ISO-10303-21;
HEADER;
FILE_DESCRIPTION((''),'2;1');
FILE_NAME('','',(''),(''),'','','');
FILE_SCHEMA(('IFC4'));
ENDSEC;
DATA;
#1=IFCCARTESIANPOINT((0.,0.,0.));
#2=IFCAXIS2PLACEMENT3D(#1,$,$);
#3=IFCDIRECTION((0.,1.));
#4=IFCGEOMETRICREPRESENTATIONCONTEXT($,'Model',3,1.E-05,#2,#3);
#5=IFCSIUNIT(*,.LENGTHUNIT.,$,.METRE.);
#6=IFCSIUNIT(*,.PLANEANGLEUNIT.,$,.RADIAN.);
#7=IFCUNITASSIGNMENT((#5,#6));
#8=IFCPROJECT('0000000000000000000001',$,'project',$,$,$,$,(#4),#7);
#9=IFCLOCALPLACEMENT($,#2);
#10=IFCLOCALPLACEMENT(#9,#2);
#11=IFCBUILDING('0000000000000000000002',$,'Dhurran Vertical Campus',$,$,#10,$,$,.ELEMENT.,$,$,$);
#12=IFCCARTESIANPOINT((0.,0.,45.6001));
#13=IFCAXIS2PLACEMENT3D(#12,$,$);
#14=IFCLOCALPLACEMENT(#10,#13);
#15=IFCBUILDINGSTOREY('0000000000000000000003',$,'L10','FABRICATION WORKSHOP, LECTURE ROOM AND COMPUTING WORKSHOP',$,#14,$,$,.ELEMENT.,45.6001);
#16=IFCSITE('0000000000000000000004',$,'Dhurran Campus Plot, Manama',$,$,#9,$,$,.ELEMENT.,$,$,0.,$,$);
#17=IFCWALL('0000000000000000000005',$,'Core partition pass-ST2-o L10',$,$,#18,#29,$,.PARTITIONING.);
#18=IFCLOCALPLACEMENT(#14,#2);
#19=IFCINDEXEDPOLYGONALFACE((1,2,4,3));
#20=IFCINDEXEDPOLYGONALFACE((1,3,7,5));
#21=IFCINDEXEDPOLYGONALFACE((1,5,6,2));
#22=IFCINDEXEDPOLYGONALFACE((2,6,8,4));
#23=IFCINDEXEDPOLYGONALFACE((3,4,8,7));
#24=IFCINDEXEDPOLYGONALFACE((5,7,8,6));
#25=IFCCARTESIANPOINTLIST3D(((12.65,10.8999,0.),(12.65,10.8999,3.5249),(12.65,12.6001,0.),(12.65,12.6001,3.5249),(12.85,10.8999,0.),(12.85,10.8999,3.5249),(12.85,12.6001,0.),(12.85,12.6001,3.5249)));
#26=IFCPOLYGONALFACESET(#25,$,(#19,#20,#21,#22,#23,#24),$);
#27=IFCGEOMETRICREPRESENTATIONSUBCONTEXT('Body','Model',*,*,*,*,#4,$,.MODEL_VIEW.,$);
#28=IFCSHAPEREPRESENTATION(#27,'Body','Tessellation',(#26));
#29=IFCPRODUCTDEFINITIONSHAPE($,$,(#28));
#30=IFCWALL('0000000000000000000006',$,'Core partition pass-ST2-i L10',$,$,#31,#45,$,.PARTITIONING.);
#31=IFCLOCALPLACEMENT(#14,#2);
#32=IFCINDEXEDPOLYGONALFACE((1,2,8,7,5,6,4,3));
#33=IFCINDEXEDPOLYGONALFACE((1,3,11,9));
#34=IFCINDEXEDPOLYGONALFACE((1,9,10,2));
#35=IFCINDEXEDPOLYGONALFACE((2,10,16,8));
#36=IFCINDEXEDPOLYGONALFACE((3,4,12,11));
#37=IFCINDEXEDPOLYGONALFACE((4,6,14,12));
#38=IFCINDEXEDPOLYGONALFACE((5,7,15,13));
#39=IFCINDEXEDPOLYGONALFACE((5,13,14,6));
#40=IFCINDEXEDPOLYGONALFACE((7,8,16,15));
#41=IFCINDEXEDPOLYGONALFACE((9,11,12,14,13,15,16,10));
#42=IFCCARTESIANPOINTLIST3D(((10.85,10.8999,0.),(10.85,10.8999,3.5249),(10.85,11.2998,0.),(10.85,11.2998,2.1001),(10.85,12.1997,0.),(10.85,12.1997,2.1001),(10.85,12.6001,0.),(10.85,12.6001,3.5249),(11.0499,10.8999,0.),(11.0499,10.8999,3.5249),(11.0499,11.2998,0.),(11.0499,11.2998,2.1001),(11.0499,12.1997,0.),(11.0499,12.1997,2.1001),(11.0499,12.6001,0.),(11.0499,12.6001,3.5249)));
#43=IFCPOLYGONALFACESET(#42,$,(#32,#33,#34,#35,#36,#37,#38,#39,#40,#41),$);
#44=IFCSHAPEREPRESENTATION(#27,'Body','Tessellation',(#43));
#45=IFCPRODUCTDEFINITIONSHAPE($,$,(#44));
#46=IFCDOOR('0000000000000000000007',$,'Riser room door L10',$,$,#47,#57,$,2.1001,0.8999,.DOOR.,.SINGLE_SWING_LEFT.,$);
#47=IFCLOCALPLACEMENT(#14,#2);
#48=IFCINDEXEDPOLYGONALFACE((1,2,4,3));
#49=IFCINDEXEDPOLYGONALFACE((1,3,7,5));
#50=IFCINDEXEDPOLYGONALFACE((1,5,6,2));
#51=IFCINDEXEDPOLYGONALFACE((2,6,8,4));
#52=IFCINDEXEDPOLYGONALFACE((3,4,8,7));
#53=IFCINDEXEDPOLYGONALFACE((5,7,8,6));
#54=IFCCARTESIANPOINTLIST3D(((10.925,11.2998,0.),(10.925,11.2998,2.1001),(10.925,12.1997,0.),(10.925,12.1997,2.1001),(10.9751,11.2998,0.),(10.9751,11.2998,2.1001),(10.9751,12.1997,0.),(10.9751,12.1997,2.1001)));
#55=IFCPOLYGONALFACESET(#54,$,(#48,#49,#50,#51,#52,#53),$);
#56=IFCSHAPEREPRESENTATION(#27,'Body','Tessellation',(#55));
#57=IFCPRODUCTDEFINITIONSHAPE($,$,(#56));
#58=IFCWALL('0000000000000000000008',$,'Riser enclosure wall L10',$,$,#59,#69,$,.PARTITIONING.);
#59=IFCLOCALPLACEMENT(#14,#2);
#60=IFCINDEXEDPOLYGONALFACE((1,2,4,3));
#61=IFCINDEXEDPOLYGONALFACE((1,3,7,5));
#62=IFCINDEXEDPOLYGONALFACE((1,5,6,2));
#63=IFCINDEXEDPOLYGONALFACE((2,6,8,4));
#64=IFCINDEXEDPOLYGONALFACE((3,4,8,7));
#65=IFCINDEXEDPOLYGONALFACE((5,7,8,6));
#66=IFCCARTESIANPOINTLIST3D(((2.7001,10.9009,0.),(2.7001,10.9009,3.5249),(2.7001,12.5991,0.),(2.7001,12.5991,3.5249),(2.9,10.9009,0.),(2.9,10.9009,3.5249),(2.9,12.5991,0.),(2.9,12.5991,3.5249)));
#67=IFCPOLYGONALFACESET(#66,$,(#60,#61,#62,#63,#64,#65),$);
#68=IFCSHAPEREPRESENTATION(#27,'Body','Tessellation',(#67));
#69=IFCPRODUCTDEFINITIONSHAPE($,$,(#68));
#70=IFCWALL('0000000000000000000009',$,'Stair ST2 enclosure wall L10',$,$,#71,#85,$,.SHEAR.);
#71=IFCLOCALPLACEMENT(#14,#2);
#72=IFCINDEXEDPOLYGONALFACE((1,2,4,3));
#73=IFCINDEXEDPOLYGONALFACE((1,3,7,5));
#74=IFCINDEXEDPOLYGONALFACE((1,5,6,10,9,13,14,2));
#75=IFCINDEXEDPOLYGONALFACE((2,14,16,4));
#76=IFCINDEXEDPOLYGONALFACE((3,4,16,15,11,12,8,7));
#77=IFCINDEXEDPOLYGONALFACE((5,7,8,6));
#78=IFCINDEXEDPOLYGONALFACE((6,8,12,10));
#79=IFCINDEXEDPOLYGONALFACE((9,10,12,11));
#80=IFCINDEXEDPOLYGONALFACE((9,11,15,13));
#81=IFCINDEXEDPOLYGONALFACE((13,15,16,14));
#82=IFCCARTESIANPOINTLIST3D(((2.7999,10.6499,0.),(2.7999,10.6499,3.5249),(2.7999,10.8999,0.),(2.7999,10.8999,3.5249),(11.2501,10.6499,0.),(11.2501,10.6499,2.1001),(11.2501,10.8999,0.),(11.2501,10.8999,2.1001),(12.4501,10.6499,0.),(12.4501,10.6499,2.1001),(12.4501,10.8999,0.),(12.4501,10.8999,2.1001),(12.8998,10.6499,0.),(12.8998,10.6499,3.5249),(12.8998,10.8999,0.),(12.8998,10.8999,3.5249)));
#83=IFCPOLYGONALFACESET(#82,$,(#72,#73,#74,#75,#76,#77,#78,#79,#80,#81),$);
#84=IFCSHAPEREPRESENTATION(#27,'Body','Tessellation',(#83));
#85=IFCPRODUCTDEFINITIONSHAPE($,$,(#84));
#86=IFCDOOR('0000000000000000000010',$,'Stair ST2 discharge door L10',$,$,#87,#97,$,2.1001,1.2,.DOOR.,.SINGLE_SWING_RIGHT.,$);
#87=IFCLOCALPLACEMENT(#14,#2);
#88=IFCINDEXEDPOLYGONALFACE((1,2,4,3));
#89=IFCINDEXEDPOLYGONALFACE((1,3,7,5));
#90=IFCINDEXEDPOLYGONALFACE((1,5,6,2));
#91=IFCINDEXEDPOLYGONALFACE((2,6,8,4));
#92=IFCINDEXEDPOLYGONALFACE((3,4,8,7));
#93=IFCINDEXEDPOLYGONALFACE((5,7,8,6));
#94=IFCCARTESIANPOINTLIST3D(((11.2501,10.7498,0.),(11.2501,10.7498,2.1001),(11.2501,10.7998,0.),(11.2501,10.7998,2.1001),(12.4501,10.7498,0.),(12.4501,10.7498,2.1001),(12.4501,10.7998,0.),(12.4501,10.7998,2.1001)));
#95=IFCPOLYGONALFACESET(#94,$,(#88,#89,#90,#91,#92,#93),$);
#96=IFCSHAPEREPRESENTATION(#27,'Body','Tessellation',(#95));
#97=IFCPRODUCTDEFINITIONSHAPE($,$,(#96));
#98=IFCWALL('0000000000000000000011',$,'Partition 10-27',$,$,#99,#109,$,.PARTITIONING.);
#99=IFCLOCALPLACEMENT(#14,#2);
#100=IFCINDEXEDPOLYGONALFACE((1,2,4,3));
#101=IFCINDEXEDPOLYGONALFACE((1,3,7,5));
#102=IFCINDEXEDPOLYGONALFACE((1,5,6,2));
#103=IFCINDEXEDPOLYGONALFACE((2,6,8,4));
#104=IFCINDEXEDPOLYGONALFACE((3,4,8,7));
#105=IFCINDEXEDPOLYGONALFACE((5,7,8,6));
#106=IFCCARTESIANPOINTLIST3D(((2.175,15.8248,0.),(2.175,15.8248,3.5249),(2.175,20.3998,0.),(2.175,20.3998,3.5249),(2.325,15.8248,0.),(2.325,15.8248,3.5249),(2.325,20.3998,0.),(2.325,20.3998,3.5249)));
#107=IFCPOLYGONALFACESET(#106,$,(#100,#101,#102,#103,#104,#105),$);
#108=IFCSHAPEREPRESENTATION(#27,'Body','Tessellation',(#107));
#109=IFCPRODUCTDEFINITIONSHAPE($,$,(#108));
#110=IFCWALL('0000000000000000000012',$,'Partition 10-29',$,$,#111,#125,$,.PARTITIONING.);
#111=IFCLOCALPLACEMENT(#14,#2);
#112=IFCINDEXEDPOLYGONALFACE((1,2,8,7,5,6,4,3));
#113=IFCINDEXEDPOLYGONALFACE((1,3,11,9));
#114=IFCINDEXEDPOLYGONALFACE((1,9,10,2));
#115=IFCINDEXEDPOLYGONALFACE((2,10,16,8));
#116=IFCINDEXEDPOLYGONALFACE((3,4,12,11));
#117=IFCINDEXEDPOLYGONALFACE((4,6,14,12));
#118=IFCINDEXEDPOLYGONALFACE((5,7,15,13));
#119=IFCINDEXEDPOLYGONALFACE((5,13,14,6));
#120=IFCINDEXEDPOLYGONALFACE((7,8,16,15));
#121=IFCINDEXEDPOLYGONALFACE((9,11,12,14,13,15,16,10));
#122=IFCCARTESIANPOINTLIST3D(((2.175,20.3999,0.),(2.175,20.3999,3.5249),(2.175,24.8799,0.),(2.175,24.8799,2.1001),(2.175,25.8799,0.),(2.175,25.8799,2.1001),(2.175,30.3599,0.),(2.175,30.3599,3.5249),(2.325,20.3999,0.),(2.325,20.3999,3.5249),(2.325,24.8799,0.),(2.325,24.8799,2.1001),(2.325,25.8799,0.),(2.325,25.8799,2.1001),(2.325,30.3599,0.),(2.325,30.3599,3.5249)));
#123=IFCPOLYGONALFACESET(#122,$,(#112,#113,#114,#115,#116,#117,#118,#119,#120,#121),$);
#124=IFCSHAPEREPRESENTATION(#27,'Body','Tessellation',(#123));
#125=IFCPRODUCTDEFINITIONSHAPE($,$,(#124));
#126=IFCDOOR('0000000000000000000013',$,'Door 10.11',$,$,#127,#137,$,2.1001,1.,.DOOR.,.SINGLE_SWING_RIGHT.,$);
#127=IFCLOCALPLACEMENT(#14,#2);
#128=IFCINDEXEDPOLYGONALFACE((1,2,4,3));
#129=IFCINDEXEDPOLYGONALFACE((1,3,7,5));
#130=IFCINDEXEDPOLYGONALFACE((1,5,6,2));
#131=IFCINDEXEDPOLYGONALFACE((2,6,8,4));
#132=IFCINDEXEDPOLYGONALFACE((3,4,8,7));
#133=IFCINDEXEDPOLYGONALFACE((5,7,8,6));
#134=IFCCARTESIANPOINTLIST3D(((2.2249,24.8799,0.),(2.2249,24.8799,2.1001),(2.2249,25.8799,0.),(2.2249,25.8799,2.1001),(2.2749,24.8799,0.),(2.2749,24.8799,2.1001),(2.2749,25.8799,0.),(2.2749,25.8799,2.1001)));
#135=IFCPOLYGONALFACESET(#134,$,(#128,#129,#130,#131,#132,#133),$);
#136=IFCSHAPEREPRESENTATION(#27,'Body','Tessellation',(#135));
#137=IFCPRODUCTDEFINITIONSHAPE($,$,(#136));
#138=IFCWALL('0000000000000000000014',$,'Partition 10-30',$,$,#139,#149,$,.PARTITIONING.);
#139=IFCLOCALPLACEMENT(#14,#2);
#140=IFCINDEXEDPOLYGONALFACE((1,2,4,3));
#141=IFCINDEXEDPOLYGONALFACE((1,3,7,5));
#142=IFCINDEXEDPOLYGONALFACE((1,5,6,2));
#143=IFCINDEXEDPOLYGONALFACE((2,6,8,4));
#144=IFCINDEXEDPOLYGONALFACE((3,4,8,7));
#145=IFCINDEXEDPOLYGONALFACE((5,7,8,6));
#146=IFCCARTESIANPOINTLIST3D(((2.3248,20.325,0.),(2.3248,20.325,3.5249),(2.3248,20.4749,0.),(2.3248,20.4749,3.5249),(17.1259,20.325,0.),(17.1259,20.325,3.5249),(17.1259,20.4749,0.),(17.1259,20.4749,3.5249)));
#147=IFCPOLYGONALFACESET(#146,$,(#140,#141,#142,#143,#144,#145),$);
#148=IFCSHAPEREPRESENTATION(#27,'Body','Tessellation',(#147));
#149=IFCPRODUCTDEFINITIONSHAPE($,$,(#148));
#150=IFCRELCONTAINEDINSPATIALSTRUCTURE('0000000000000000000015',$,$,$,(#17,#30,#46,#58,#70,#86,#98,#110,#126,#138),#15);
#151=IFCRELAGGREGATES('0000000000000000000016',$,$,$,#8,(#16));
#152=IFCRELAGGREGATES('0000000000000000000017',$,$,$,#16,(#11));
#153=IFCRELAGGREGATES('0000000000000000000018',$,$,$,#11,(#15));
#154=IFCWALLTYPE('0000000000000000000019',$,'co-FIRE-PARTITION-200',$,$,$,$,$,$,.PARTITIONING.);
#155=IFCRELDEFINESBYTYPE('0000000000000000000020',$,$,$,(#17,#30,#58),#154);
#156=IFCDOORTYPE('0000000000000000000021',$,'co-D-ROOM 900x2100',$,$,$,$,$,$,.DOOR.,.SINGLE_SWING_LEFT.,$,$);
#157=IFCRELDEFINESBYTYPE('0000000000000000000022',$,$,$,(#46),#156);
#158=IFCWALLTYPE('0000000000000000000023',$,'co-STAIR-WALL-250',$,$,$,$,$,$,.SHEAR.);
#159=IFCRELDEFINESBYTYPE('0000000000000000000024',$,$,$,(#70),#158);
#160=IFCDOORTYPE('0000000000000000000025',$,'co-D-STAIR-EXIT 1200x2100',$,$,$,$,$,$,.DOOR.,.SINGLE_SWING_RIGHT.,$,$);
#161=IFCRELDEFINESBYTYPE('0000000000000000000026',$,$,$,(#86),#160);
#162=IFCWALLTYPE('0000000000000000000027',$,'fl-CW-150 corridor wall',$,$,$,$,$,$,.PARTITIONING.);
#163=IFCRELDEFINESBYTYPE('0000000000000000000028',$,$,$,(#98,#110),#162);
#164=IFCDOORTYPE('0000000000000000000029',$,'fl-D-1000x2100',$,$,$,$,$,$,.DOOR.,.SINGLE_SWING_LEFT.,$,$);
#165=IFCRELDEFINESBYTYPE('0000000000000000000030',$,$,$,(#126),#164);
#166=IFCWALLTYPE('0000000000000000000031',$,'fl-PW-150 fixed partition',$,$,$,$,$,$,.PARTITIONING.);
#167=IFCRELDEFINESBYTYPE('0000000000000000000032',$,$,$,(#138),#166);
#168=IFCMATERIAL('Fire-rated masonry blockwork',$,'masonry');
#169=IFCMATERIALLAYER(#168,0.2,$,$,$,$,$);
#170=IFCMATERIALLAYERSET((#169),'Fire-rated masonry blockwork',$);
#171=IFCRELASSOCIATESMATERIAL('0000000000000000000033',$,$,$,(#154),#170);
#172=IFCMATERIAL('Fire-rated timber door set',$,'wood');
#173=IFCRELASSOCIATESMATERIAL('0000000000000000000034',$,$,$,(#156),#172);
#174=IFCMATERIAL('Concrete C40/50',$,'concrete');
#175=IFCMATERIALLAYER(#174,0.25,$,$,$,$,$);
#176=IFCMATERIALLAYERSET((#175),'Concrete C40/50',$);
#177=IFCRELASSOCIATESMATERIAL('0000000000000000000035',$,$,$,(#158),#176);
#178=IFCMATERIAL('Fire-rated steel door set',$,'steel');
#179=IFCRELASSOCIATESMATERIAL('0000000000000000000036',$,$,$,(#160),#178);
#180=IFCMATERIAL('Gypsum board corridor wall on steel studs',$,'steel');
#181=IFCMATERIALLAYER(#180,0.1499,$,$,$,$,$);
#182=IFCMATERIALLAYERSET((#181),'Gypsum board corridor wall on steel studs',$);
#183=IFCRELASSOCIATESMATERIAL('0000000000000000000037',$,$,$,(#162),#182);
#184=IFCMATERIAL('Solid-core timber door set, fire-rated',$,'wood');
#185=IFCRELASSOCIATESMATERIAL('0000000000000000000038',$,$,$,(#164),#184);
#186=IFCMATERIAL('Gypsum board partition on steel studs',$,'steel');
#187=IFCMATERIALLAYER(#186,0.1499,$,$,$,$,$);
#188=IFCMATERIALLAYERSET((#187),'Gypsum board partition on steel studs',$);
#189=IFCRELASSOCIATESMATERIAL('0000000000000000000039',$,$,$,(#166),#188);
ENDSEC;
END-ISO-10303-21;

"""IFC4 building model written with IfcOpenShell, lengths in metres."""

from ifc_helpers import new_model, si_unit, direction, frame, frame_2d, origin, place, context, subcontext, project, spatial, rectangle, extrude, material, layer, layer_set, type_object, element, fill, save


model = new_model("IFC4")

# Units and contexts
model_context = context("Model", 3, precision=1e-05, world=origin(), true_north=direction((0.0, 1.0)))
body_context = subcontext(model_context, "Body", "Model", "MODEL_VIEW")
ifc_project = project(units=[si_unit("LENGTHUNIT", "METRE"), si_unit("PLANEANGLEUNIT", "RADIAN")], contexts=[model_context])

# Site, building, storey
site_placement = place(None, origin())
site = spatial("IfcSite", under=ifc_project, at=site_placement, Name="Dhurran Campus Plot, Manama", CompositionType="ELEMENT", RefElevation=0.0)
building_placement = place(site_placement, origin())
building = spatial("IfcBuilding", under=site, at=building_placement, Name="Dhurran Vertical Campus", CompositionType="ELEMENT")
storey_placement = place(building_placement, frame((0.0, 0.0, 45.6001)))
storey = spatial("IfcBuildingStorey", under=building, at=storey_placement, Name="L10", Description="FABRICATION WORKSHOP, LECTURE ROOM AND COMPUTING WORKSHOP", CompositionType="ELEMENT", Elevation=45.6001)

# Wall
ifc_material_1 = material(Name="Fire-rated masonry blockwork", Category="masonry")
ifc_layer_1 = layer(ifc_material_1, 0.2)
ifc_layer_set_1 = layer_set([ifc_layer_1], Name="Fire-rated masonry blockwork")
wall_type_1 = type_object("IfcWallType", Name="co-FIRE-PARTITION-200", PredefinedType="PARTITIONING", material=ifc_layer_set_1)
wall_1_placement = place(storey_placement, frame((12.75, 10.8999, 0.0), z_axis=(0.0, 0.0, 1.0), x_axis=(0.0, 1.0, 0.0)))
element("IfcWall", 1, at=wall_1_placement, inside=storey, type_object=wall_type_1, Name="Core partition pass-ST2-o L10", PredefinedType="PARTITIONING", context=body_context, shape_type="SweptSolid", body=[
    extrude(rectangle(XDim=1.7002, YDim=0.2, at=frame_2d((0.8501, 0.0))), origin(), (0.0, 0.0, 1.0), 3.5249),
])

# Wall, opening, door
wall_2_placement = place(storey_placement, frame((10.95, 10.8999, 0.0), z_axis=(0.0, 0.0, 1.0), x_axis=(0.0, 1.0, 0.0)))
wall_2 = element("IfcWall", 2, at=wall_2_placement, inside=storey, type_object=wall_type_1, Name="Core partition pass-ST2-i L10", PredefinedType="PARTITIONING", context=body_context, shape_type="SweptSolid", body=[
    extrude(rectangle(XDim=1.7002, YDim=0.2, at=frame_2d((0.8501, 0.0))), origin(), (0.0, 0.0, 1.0), 3.5249),
])
opening_1_placement = place(wall_2_placement, frame((0.3999, 0.0, 0.0)))
opening_1 = element("IfcOpeningElement", 3, at=opening_1_placement, cuts=wall_2, PredefinedType="OPENING", context=body_context, shape_type="SweptSolid", body=[
    extrude(rectangle(XDim=0.8999, YDim=2.1001, at=frame_2d((0.45, 1.05))), frame((0.0, 0.1099, 0.0), z_axis=(0.0, -1.0, 0.0), x_axis=(1.0, 0.0, 0.0)), (0.0, 0.0, 1.0), 0.22),
])
ifc_material_2 = material(Name="Fire-rated timber door set", Category="wood")
door_type_1 = type_object("IfcDoorType", Name="co-D-ROOM 900x2100", OperationType="SINGLE_SWING_LEFT", PredefinedType="DOOR", material=ifc_material_2)
door_1_placement = place(opening_1_placement, origin())
door_1 = element("IfcDoor", 4, at=door_1_placement, inside=storey, type_object=door_type_1, Name="Riser room door L10", OperationType="SINGLE_SWING_LEFT", OverallHeight=2.1001, OverallWidth=0.8999, PredefinedType="DOOR", context=body_context, shape_type="SweptSolid", body=[
    extrude(rectangle(XDim=0.8999, YDim=2.1001, at=frame_2d((0.45, 1.05))), frame((0.0, 0.0249, 0.0), z_axis=(0.0, -1.0, 0.0), x_axis=(1.0, 0.0, 0.0)), (0.0, 0.0, 1.0), 0.05),
])
fill(opening_1, door_1)

# Wall
wall_3_placement = place(storey_placement, frame((2.8, 12.5991, 0.0), z_axis=(0.0, 0.0, 1.0), x_axis=(0.0, -1.0, 0.0)))
element("IfcWall", 5, at=wall_3_placement, inside=storey, type_object=wall_type_1, Name="Riser enclosure wall L10", PredefinedType="PARTITIONING", context=body_context, shape_type="SweptSolid", body=[
    extrude(rectangle(XDim=1.6982, YDim=0.2, at=frame_2d((0.8491, 0.0))), origin(), (0.0, 0.0, 1.0), 3.5249),
])

# Wall, opening, door
ifc_material_3 = material(Name="Concrete C40/50", Category="concrete")
ifc_layer_2 = layer(ifc_material_3, 0.25)
ifc_layer_set_2 = layer_set([ifc_layer_2], Name="Concrete C40/50")
wall_type_2 = type_object("IfcWallType", Name="co-STAIR-WALL-250", PredefinedType="SHEAR", material=ifc_layer_set_2)
wall_4_placement = place(storey_placement, frame((2.8, 10.7749, 0.0), z_axis=(0.0, 0.0, 1.0), x_axis=(1.0, 0.0, 0.0)))
wall_4 = element("IfcWall", 6, at=wall_4_placement, inside=storey, type_object=wall_type_2, Name="Stair ST2 enclosure wall L10", PredefinedType="SHEAR", context=body_context, shape_type="SweptSolid", body=[
    extrude(rectangle(XDim=10.0999, YDim=0.25, at=frame_2d((5.0498, 0.0))), origin(), (0.0, 0.0, 1.0), 3.5249),
])
opening_2_placement = place(wall_4_placement, frame((8.45, 0.0, 0.0)))
opening_2 = element("IfcOpeningElement", 7, at=opening_2_placement, cuts=wall_4, PredefinedType="OPENING", context=body_context, shape_type="SweptSolid", body=[
    extrude(rectangle(XDim=1.2, YDim=2.1001, at=frame_2d((0.6001, 1.05))), frame((0.0, 0.135, 0.0), z_axis=(0.0, -1.0, 0.0), x_axis=(1.0, 0.0, 0.0)), (0.0, 0.0, 1.0), 0.27),
])
ifc_material_4 = material(Name="Fire-rated steel door set", Category="steel")
door_type_2 = type_object("IfcDoorType", Name="co-D-STAIR-EXIT 1200x2100", OperationType="SINGLE_SWING_RIGHT", PredefinedType="DOOR", material=ifc_material_4)
door_2_placement = place(opening_2_placement, origin())
door_2 = element("IfcDoor", 8, at=door_2_placement, inside=storey, type_object=door_type_2, Name="Stair ST2 discharge door L10", OperationType="SINGLE_SWING_RIGHT", OverallHeight=2.1001, OverallWidth=1.2, PredefinedType="DOOR", context=body_context, shape_type="SweptSolid", body=[
    extrude(rectangle(XDim=1.2, YDim=2.1001, at=frame_2d((0.6001, 1.05))), frame((0.0, 0.0249, 0.0), z_axis=(0.0, -1.0, 0.0), x_axis=(1.0, 0.0, 0.0)), (0.0, 0.0, 1.0), 0.05),
])
fill(opening_2, door_2)

# Wall
ifc_material_5 = material(Name="Gypsum board corridor wall on steel studs", Category="steel")
ifc_layer_3 = layer(ifc_material_5, 0.1499)
ifc_layer_set_3 = layer_set([ifc_layer_3], Name="Gypsum board corridor wall on steel studs")
wall_type_3 = type_object("IfcWallType", Name="fl-CW-150 corridor wall", PredefinedType="PARTITIONING", material=ifc_layer_set_3)
wall_5_placement = place(storey_placement, frame((2.25, 20.3999, 0.0), z_axis=(0.0, 0.0, 1.0), x_axis=(0.0, -1.0, 0.0)))
element("IfcWall", 9, at=wall_5_placement, inside=storey, type_object=wall_type_3, Name="Partition 10-27", PredefinedType="PARTITIONING", context=body_context, shape_type="SweptSolid", body=[
    extrude(rectangle(XDim=4.575, YDim=0.1499, at=frame_2d((2.2876, 0.0))), origin(), (0.0, 0.0, 1.0), 3.5249),
])

# Wall, opening, door
wall_6_placement = place(storey_placement, frame((2.25, 30.3599, 0.0), z_axis=(0.0, 0.0, 1.0), x_axis=(0.0, -1.0, 0.0)))
wall_6 = element("IfcWall", 10, at=wall_6_placement, inside=storey, type_object=wall_type_3, Name="Partition 10-29", PredefinedType="PARTITIONING", context=body_context, shape_type="SweptSolid", body=[
    extrude(rectangle(XDim=9.96, YDim=0.1499, at=frame_2d((4.98, 0.0))), origin(), (0.0, 0.0, 1.0), 3.5249),
])
opening_3_placement = place(wall_6_placement, frame((4.48, 0.0, 0.0)))
opening_3 = element("IfcOpeningElement", 11, at=opening_3_placement, cuts=wall_6, PredefinedType="OPENING", context=body_context, shape_type="SweptSolid", body=[
    extrude(rectangle(XDim=1.0, YDim=2.1001, at=frame_2d((0.5, 1.05))), frame((0.0, 0.085, 0.0), z_axis=(0.0, -1.0, 0.0), x_axis=(1.0, 0.0, 0.0)), (0.0, 0.0, 1.0), 0.1699),
])
ifc_material_6 = material(Name="Solid-core timber door set, fire-rated", Category="wood")
door_type_3 = type_object("IfcDoorType", Name="fl-D-1000x2100", OperationType="SINGLE_SWING_LEFT", PredefinedType="DOOR", material=ifc_material_6)
door_3_placement = place(opening_3_placement, origin())
door_3 = element("IfcDoor", 12, at=door_3_placement, inside=storey, type_object=door_type_3, Name="Door 10.11", OperationType="SINGLE_SWING_RIGHT", OverallHeight=2.1001, OverallWidth=1.0, PredefinedType="DOOR", context=body_context, shape_type="SweptSolid", body=[
    extrude(rectangle(XDim=1.0, YDim=2.1001, at=frame_2d((0.5, 1.05))), frame((0.0, 0.0249, 0.0), z_axis=(0.0, -1.0, 0.0), x_axis=(1.0, 0.0, 0.0)), (0.0, 0.0, 1.0), 0.05),
])
fill(opening_3, door_3)

# Wall
ifc_material_7 = material(Name="Gypsum board partition on steel studs", Category="steel")
ifc_layer_4 = layer(ifc_material_7, 0.1499)
ifc_layer_set_4 = layer_set([ifc_layer_4], Name="Gypsum board partition on steel studs")
wall_type_4 = type_object("IfcWallType", Name="fl-PW-150 fixed partition", PredefinedType="PARTITIONING", material=ifc_layer_set_4)
wall_7_placement = place(storey_placement, frame((2.325, 20.3999, 0.0), z_axis=(0.0, 0.0, 1.0), x_axis=(1.0, 0.0, 0.0)))
element("IfcWall", 13, at=wall_7_placement, inside=storey, type_object=wall_type_4, Name="Partition 10-30", PredefinedType="PARTITIONING", context=body_context, shape_type="SweptSolid", body=[
    extrude(rectangle(XDim=14.801, YDim=0.1499, at=frame_2d((7.4004, 0.0))), origin(), (0.0, 0.0, 1.0), 3.5249),
])

save(model, "model.ifc")
